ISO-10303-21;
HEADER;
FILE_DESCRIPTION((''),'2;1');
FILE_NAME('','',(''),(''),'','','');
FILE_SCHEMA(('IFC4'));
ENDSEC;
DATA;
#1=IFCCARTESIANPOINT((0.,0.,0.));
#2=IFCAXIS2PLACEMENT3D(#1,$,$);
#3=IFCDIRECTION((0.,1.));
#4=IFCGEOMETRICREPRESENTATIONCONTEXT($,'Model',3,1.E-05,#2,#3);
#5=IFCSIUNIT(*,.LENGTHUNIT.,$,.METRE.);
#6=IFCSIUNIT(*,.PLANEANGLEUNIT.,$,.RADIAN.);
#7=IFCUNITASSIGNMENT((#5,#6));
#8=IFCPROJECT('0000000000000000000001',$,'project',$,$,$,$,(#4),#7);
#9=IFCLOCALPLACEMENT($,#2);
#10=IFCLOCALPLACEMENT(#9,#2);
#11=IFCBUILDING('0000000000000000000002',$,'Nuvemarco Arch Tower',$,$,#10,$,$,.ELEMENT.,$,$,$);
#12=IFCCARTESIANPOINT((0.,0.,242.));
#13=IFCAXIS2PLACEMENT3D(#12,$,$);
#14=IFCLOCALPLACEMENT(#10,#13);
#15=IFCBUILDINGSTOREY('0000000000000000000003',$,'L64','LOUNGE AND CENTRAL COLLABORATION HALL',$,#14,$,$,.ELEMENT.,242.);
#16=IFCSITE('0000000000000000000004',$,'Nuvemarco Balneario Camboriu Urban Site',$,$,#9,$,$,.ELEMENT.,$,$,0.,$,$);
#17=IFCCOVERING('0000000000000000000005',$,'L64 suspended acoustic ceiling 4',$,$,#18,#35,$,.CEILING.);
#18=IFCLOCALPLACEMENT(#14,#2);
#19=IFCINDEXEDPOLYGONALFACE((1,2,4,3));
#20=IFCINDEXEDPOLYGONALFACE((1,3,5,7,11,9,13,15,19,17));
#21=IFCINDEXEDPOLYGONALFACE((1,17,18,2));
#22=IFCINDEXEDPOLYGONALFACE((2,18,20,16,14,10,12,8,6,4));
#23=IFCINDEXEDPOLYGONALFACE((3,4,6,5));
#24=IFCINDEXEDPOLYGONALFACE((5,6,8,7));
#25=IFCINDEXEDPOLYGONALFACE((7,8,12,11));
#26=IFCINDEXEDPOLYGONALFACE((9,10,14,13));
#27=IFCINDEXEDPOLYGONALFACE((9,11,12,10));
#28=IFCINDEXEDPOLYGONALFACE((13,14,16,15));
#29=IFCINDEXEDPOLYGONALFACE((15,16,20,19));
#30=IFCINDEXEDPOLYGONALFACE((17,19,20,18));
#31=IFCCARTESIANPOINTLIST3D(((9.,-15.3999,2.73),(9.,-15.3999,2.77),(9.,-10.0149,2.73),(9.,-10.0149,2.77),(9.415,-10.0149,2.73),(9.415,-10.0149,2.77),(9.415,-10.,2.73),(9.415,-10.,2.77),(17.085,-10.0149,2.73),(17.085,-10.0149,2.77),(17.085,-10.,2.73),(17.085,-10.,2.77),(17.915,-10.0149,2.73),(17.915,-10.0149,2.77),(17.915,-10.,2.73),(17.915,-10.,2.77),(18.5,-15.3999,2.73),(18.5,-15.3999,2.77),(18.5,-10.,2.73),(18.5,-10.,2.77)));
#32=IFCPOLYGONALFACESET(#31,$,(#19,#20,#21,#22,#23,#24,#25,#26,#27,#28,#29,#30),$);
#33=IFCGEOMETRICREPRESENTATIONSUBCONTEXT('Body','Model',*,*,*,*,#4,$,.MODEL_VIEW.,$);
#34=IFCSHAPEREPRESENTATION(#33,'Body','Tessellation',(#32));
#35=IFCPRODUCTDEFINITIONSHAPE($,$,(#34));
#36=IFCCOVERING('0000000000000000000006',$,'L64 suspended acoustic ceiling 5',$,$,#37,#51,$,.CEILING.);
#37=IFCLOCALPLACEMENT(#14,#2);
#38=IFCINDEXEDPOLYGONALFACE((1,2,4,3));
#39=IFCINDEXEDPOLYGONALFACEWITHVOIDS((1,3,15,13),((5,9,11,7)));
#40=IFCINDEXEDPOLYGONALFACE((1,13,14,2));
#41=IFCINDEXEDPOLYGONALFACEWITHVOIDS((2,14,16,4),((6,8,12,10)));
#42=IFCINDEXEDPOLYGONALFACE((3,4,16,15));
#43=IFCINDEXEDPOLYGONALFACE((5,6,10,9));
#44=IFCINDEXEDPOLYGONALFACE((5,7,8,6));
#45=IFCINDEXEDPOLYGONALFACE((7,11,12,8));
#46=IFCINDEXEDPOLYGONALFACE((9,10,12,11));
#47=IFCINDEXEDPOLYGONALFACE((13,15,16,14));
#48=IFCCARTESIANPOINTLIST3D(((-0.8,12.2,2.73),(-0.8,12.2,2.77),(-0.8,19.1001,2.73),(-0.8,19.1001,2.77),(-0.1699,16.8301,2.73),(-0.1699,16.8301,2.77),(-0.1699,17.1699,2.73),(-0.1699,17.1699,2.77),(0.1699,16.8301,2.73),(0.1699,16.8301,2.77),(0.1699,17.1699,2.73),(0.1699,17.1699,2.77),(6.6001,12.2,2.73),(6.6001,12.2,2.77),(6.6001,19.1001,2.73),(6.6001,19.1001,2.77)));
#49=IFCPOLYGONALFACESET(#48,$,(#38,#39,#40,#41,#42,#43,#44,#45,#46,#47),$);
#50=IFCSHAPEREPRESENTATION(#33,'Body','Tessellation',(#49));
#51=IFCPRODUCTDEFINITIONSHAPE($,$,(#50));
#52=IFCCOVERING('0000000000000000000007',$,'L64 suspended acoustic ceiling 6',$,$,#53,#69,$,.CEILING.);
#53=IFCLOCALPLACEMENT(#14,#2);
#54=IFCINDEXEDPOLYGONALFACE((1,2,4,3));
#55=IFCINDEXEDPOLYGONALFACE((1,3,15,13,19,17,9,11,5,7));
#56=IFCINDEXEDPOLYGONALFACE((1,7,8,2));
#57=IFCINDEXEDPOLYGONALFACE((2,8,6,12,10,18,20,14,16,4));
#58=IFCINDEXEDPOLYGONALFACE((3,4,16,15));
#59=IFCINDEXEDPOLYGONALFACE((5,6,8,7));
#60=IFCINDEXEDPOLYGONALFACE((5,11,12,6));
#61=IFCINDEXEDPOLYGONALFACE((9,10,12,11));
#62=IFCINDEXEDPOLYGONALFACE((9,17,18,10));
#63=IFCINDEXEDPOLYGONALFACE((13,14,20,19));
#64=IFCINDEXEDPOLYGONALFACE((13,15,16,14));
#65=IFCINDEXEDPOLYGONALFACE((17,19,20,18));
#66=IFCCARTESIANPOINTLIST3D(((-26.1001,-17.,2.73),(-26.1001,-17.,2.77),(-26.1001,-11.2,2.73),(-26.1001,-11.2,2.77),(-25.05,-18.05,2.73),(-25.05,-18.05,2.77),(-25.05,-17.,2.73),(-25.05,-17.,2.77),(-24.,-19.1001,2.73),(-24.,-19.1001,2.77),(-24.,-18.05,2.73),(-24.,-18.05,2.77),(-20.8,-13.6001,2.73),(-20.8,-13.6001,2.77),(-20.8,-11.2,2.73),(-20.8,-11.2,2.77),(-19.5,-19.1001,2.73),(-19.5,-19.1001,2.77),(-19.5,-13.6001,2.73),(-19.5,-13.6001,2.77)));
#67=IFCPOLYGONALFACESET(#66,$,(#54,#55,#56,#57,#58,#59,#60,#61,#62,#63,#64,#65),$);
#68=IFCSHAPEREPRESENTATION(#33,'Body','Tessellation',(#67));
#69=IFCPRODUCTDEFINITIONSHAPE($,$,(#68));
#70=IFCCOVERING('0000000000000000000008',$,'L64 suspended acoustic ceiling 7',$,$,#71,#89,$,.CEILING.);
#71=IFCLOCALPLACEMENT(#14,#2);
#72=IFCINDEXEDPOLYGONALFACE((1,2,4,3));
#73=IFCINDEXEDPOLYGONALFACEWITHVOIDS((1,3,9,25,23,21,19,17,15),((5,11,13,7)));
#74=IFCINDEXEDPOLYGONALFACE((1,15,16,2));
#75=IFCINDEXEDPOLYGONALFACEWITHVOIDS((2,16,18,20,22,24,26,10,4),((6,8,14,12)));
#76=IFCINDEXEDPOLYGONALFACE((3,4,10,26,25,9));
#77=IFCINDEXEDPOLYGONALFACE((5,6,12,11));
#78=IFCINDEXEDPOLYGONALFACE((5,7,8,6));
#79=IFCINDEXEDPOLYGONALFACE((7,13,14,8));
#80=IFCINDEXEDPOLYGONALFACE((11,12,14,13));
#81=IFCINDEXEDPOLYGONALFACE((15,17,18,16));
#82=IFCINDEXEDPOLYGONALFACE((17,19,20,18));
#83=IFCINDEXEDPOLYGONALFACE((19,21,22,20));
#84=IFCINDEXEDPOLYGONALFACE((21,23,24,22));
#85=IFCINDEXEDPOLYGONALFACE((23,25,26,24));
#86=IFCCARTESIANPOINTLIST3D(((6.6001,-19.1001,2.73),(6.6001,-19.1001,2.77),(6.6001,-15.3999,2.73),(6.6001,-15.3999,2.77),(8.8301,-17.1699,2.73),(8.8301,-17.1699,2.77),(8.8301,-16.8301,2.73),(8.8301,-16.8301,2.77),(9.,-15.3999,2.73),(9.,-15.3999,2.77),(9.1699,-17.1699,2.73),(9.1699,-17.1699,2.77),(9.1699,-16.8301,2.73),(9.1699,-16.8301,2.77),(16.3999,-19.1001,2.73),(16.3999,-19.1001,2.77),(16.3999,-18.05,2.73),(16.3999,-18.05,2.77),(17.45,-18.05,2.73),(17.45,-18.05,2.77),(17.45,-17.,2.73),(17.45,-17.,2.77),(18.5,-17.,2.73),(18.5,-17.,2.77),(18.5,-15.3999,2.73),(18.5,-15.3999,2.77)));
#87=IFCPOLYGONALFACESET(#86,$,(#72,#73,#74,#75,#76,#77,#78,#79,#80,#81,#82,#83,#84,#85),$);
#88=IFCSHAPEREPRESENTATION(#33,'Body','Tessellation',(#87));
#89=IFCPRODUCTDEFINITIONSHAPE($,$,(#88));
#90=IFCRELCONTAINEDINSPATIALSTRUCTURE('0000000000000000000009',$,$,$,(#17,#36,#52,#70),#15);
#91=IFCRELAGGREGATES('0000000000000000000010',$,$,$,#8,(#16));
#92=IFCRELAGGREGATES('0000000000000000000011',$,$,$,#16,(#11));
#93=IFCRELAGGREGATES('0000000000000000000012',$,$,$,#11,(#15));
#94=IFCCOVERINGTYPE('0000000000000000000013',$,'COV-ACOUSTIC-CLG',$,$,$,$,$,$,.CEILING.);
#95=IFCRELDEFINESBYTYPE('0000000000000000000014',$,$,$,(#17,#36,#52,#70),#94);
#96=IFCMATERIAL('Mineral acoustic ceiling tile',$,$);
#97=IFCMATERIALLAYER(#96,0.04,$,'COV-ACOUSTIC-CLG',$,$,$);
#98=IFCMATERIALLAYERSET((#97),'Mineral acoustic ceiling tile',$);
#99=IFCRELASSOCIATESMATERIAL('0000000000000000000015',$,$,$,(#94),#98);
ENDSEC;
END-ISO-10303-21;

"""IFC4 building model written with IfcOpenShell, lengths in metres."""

from ifc_helpers import new_model, si_unit, direction, frame, origin, place, context, subcontext, project, spatial, polyline, outline, extrude, material, layer, layer_set, type_object, element, save


model = new_model("IFC4")

# Units and contexts
model_context = context("Model", 3, precision=1e-05, world=origin(), true_north=direction((0.0, 1.0)))
body_context = subcontext(model_context, "Body", "Model", "MODEL_VIEW")
ifc_project = project(units=[si_unit("LENGTHUNIT", "METRE"), si_unit("PLANEANGLEUNIT", "RADIAN")], contexts=[model_context])

# Site, building, storey
site_placement = place(None, origin())
site = spatial("IfcSite", under=ifc_project, at=site_placement, Name="Nuvemarco Balneario Camboriu Urban Site", CompositionType="ELEMENT", RefElevation=0.0)
building_placement = place(site_placement, origin())
building = spatial("IfcBuilding", under=site, at=building_placement, Name="Nuvemarco Arch Tower", CompositionType="ELEMENT")
storey_placement = place(building_placement, frame((0.0, 0.0, 242.0)))
storey = spatial("IfcBuildingStorey", under=building, at=storey_placement, Name="L64", Description="LOUNGE AND CENTRAL COLLABORATION HALL", CompositionType="ELEMENT", Elevation=242.0)

# Coverings
ifc_material_1 = material(Name="Mineral acoustic ceiling tile")
ifc_layer_1 = layer(ifc_material_1, 0.04, Name="COV-ACOUSTIC-CLG")
ifc_layer_set_1 = layer_set([ifc_layer_1], Name="Mineral acoustic ceiling tile")
covering_type = type_object("IfcCoveringType", Name="COV-ACOUSTIC-CLG", PredefinedType="CEILING", material=ifc_layer_set_1)
covering_1_placement = place(storey_placement, frame((0.0, 0.0, 2.73)))
element("IfcCovering", 1, at=covering_1_placement, inside=storey, type_object=covering_type, Name="L64 suspended acoustic ceiling 4", PredefinedType="CEILING", context=body_context, shape_type="SweptSolid", body=[
    extrude(outline(polyline([(17.085, -10.0149), (17.915, -10.0149), (17.915, -10.0), (18.5, -10.0), (18.5, -15.3999), (9.0, -15.3999), (9.0, -10.0149), (9.415, -10.0149), (9.415, -10.0), (17.085, -10.0), (17.085, -10.0149)])), origin(), (0.0, 0.0, 1.0), 0.04),
])
covering_2_placement = place(storey_placement, frame((0.0, 0.0, 2.73)))
element("IfcCovering", 2, at=covering_2_placement, inside=storey, type_object=covering_type, Name="L64 suspended acoustic ceiling 5", PredefinedType="CEILING", context=body_context, shape_type="SweptSolid", body=[
    extrude(outline(polyline([(-0.8, 12.2), (-0.8, 19.1001), (6.6001, 19.1001), (6.6001, 12.2), (-0.8, 12.2)]), holes=[polyline([(0.1699, 16.8301), (0.1699, 17.1699), (-0.1699, 17.1699), (-0.1699, 16.8301), (0.1699, 16.8301)])]), origin(), (0.0, 0.0, 1.0), 0.04),
])
covering_3_placement = place(storey_placement, frame((0.0, 0.0, 2.73)))
element("IfcCovering", 3, at=covering_3_placement, inside=storey, type_object=covering_type, Name="L64 suspended acoustic ceiling 6", PredefinedType="CEILING", context=body_context, shape_type="SweptSolid", body=[
    extrude(outline(polyline([(-26.1001, -17.0), (-26.1001, -11.2), (-20.8, -11.2), (-20.8, -13.6001), (-19.5, -13.6001), (-19.5, -19.1001), (-24.0, -19.1001), (-24.0, -18.05), (-25.05, -18.05), (-25.05, -17.0), (-26.1001, -17.0)])), origin(), (0.0, 0.0, 1.0), 0.04),
])
covering_4_placement = place(storey_placement, frame((0.0, 0.0, 2.73)))
element("IfcCovering", 4, at=covering_4_placement, inside=storey, type_object=covering_type, Name="L64 suspended acoustic ceiling 7", PredefinedType="CEILING", context=body_context, shape_type="SweptSolid", body=[
    extrude(outline(polyline([(16.3999, -19.1001), (6.6001, -19.1001), (6.6001, -15.3999), (9.0, -15.3999), (18.5, -15.3999), (18.5, -17.0), (17.45, -17.0), (17.45, -18.05), (16.3999, -18.05), (16.3999, -19.1001)]), holes=[polyline([(9.1699, -17.1699), (9.1699, -16.8301), (8.8301, -16.8301), (8.8301, -17.1699), (9.1699, -17.1699)])]), origin(), (0.0, 0.0, 1.0), 0.04),
])

save(model, "model.ifc")
